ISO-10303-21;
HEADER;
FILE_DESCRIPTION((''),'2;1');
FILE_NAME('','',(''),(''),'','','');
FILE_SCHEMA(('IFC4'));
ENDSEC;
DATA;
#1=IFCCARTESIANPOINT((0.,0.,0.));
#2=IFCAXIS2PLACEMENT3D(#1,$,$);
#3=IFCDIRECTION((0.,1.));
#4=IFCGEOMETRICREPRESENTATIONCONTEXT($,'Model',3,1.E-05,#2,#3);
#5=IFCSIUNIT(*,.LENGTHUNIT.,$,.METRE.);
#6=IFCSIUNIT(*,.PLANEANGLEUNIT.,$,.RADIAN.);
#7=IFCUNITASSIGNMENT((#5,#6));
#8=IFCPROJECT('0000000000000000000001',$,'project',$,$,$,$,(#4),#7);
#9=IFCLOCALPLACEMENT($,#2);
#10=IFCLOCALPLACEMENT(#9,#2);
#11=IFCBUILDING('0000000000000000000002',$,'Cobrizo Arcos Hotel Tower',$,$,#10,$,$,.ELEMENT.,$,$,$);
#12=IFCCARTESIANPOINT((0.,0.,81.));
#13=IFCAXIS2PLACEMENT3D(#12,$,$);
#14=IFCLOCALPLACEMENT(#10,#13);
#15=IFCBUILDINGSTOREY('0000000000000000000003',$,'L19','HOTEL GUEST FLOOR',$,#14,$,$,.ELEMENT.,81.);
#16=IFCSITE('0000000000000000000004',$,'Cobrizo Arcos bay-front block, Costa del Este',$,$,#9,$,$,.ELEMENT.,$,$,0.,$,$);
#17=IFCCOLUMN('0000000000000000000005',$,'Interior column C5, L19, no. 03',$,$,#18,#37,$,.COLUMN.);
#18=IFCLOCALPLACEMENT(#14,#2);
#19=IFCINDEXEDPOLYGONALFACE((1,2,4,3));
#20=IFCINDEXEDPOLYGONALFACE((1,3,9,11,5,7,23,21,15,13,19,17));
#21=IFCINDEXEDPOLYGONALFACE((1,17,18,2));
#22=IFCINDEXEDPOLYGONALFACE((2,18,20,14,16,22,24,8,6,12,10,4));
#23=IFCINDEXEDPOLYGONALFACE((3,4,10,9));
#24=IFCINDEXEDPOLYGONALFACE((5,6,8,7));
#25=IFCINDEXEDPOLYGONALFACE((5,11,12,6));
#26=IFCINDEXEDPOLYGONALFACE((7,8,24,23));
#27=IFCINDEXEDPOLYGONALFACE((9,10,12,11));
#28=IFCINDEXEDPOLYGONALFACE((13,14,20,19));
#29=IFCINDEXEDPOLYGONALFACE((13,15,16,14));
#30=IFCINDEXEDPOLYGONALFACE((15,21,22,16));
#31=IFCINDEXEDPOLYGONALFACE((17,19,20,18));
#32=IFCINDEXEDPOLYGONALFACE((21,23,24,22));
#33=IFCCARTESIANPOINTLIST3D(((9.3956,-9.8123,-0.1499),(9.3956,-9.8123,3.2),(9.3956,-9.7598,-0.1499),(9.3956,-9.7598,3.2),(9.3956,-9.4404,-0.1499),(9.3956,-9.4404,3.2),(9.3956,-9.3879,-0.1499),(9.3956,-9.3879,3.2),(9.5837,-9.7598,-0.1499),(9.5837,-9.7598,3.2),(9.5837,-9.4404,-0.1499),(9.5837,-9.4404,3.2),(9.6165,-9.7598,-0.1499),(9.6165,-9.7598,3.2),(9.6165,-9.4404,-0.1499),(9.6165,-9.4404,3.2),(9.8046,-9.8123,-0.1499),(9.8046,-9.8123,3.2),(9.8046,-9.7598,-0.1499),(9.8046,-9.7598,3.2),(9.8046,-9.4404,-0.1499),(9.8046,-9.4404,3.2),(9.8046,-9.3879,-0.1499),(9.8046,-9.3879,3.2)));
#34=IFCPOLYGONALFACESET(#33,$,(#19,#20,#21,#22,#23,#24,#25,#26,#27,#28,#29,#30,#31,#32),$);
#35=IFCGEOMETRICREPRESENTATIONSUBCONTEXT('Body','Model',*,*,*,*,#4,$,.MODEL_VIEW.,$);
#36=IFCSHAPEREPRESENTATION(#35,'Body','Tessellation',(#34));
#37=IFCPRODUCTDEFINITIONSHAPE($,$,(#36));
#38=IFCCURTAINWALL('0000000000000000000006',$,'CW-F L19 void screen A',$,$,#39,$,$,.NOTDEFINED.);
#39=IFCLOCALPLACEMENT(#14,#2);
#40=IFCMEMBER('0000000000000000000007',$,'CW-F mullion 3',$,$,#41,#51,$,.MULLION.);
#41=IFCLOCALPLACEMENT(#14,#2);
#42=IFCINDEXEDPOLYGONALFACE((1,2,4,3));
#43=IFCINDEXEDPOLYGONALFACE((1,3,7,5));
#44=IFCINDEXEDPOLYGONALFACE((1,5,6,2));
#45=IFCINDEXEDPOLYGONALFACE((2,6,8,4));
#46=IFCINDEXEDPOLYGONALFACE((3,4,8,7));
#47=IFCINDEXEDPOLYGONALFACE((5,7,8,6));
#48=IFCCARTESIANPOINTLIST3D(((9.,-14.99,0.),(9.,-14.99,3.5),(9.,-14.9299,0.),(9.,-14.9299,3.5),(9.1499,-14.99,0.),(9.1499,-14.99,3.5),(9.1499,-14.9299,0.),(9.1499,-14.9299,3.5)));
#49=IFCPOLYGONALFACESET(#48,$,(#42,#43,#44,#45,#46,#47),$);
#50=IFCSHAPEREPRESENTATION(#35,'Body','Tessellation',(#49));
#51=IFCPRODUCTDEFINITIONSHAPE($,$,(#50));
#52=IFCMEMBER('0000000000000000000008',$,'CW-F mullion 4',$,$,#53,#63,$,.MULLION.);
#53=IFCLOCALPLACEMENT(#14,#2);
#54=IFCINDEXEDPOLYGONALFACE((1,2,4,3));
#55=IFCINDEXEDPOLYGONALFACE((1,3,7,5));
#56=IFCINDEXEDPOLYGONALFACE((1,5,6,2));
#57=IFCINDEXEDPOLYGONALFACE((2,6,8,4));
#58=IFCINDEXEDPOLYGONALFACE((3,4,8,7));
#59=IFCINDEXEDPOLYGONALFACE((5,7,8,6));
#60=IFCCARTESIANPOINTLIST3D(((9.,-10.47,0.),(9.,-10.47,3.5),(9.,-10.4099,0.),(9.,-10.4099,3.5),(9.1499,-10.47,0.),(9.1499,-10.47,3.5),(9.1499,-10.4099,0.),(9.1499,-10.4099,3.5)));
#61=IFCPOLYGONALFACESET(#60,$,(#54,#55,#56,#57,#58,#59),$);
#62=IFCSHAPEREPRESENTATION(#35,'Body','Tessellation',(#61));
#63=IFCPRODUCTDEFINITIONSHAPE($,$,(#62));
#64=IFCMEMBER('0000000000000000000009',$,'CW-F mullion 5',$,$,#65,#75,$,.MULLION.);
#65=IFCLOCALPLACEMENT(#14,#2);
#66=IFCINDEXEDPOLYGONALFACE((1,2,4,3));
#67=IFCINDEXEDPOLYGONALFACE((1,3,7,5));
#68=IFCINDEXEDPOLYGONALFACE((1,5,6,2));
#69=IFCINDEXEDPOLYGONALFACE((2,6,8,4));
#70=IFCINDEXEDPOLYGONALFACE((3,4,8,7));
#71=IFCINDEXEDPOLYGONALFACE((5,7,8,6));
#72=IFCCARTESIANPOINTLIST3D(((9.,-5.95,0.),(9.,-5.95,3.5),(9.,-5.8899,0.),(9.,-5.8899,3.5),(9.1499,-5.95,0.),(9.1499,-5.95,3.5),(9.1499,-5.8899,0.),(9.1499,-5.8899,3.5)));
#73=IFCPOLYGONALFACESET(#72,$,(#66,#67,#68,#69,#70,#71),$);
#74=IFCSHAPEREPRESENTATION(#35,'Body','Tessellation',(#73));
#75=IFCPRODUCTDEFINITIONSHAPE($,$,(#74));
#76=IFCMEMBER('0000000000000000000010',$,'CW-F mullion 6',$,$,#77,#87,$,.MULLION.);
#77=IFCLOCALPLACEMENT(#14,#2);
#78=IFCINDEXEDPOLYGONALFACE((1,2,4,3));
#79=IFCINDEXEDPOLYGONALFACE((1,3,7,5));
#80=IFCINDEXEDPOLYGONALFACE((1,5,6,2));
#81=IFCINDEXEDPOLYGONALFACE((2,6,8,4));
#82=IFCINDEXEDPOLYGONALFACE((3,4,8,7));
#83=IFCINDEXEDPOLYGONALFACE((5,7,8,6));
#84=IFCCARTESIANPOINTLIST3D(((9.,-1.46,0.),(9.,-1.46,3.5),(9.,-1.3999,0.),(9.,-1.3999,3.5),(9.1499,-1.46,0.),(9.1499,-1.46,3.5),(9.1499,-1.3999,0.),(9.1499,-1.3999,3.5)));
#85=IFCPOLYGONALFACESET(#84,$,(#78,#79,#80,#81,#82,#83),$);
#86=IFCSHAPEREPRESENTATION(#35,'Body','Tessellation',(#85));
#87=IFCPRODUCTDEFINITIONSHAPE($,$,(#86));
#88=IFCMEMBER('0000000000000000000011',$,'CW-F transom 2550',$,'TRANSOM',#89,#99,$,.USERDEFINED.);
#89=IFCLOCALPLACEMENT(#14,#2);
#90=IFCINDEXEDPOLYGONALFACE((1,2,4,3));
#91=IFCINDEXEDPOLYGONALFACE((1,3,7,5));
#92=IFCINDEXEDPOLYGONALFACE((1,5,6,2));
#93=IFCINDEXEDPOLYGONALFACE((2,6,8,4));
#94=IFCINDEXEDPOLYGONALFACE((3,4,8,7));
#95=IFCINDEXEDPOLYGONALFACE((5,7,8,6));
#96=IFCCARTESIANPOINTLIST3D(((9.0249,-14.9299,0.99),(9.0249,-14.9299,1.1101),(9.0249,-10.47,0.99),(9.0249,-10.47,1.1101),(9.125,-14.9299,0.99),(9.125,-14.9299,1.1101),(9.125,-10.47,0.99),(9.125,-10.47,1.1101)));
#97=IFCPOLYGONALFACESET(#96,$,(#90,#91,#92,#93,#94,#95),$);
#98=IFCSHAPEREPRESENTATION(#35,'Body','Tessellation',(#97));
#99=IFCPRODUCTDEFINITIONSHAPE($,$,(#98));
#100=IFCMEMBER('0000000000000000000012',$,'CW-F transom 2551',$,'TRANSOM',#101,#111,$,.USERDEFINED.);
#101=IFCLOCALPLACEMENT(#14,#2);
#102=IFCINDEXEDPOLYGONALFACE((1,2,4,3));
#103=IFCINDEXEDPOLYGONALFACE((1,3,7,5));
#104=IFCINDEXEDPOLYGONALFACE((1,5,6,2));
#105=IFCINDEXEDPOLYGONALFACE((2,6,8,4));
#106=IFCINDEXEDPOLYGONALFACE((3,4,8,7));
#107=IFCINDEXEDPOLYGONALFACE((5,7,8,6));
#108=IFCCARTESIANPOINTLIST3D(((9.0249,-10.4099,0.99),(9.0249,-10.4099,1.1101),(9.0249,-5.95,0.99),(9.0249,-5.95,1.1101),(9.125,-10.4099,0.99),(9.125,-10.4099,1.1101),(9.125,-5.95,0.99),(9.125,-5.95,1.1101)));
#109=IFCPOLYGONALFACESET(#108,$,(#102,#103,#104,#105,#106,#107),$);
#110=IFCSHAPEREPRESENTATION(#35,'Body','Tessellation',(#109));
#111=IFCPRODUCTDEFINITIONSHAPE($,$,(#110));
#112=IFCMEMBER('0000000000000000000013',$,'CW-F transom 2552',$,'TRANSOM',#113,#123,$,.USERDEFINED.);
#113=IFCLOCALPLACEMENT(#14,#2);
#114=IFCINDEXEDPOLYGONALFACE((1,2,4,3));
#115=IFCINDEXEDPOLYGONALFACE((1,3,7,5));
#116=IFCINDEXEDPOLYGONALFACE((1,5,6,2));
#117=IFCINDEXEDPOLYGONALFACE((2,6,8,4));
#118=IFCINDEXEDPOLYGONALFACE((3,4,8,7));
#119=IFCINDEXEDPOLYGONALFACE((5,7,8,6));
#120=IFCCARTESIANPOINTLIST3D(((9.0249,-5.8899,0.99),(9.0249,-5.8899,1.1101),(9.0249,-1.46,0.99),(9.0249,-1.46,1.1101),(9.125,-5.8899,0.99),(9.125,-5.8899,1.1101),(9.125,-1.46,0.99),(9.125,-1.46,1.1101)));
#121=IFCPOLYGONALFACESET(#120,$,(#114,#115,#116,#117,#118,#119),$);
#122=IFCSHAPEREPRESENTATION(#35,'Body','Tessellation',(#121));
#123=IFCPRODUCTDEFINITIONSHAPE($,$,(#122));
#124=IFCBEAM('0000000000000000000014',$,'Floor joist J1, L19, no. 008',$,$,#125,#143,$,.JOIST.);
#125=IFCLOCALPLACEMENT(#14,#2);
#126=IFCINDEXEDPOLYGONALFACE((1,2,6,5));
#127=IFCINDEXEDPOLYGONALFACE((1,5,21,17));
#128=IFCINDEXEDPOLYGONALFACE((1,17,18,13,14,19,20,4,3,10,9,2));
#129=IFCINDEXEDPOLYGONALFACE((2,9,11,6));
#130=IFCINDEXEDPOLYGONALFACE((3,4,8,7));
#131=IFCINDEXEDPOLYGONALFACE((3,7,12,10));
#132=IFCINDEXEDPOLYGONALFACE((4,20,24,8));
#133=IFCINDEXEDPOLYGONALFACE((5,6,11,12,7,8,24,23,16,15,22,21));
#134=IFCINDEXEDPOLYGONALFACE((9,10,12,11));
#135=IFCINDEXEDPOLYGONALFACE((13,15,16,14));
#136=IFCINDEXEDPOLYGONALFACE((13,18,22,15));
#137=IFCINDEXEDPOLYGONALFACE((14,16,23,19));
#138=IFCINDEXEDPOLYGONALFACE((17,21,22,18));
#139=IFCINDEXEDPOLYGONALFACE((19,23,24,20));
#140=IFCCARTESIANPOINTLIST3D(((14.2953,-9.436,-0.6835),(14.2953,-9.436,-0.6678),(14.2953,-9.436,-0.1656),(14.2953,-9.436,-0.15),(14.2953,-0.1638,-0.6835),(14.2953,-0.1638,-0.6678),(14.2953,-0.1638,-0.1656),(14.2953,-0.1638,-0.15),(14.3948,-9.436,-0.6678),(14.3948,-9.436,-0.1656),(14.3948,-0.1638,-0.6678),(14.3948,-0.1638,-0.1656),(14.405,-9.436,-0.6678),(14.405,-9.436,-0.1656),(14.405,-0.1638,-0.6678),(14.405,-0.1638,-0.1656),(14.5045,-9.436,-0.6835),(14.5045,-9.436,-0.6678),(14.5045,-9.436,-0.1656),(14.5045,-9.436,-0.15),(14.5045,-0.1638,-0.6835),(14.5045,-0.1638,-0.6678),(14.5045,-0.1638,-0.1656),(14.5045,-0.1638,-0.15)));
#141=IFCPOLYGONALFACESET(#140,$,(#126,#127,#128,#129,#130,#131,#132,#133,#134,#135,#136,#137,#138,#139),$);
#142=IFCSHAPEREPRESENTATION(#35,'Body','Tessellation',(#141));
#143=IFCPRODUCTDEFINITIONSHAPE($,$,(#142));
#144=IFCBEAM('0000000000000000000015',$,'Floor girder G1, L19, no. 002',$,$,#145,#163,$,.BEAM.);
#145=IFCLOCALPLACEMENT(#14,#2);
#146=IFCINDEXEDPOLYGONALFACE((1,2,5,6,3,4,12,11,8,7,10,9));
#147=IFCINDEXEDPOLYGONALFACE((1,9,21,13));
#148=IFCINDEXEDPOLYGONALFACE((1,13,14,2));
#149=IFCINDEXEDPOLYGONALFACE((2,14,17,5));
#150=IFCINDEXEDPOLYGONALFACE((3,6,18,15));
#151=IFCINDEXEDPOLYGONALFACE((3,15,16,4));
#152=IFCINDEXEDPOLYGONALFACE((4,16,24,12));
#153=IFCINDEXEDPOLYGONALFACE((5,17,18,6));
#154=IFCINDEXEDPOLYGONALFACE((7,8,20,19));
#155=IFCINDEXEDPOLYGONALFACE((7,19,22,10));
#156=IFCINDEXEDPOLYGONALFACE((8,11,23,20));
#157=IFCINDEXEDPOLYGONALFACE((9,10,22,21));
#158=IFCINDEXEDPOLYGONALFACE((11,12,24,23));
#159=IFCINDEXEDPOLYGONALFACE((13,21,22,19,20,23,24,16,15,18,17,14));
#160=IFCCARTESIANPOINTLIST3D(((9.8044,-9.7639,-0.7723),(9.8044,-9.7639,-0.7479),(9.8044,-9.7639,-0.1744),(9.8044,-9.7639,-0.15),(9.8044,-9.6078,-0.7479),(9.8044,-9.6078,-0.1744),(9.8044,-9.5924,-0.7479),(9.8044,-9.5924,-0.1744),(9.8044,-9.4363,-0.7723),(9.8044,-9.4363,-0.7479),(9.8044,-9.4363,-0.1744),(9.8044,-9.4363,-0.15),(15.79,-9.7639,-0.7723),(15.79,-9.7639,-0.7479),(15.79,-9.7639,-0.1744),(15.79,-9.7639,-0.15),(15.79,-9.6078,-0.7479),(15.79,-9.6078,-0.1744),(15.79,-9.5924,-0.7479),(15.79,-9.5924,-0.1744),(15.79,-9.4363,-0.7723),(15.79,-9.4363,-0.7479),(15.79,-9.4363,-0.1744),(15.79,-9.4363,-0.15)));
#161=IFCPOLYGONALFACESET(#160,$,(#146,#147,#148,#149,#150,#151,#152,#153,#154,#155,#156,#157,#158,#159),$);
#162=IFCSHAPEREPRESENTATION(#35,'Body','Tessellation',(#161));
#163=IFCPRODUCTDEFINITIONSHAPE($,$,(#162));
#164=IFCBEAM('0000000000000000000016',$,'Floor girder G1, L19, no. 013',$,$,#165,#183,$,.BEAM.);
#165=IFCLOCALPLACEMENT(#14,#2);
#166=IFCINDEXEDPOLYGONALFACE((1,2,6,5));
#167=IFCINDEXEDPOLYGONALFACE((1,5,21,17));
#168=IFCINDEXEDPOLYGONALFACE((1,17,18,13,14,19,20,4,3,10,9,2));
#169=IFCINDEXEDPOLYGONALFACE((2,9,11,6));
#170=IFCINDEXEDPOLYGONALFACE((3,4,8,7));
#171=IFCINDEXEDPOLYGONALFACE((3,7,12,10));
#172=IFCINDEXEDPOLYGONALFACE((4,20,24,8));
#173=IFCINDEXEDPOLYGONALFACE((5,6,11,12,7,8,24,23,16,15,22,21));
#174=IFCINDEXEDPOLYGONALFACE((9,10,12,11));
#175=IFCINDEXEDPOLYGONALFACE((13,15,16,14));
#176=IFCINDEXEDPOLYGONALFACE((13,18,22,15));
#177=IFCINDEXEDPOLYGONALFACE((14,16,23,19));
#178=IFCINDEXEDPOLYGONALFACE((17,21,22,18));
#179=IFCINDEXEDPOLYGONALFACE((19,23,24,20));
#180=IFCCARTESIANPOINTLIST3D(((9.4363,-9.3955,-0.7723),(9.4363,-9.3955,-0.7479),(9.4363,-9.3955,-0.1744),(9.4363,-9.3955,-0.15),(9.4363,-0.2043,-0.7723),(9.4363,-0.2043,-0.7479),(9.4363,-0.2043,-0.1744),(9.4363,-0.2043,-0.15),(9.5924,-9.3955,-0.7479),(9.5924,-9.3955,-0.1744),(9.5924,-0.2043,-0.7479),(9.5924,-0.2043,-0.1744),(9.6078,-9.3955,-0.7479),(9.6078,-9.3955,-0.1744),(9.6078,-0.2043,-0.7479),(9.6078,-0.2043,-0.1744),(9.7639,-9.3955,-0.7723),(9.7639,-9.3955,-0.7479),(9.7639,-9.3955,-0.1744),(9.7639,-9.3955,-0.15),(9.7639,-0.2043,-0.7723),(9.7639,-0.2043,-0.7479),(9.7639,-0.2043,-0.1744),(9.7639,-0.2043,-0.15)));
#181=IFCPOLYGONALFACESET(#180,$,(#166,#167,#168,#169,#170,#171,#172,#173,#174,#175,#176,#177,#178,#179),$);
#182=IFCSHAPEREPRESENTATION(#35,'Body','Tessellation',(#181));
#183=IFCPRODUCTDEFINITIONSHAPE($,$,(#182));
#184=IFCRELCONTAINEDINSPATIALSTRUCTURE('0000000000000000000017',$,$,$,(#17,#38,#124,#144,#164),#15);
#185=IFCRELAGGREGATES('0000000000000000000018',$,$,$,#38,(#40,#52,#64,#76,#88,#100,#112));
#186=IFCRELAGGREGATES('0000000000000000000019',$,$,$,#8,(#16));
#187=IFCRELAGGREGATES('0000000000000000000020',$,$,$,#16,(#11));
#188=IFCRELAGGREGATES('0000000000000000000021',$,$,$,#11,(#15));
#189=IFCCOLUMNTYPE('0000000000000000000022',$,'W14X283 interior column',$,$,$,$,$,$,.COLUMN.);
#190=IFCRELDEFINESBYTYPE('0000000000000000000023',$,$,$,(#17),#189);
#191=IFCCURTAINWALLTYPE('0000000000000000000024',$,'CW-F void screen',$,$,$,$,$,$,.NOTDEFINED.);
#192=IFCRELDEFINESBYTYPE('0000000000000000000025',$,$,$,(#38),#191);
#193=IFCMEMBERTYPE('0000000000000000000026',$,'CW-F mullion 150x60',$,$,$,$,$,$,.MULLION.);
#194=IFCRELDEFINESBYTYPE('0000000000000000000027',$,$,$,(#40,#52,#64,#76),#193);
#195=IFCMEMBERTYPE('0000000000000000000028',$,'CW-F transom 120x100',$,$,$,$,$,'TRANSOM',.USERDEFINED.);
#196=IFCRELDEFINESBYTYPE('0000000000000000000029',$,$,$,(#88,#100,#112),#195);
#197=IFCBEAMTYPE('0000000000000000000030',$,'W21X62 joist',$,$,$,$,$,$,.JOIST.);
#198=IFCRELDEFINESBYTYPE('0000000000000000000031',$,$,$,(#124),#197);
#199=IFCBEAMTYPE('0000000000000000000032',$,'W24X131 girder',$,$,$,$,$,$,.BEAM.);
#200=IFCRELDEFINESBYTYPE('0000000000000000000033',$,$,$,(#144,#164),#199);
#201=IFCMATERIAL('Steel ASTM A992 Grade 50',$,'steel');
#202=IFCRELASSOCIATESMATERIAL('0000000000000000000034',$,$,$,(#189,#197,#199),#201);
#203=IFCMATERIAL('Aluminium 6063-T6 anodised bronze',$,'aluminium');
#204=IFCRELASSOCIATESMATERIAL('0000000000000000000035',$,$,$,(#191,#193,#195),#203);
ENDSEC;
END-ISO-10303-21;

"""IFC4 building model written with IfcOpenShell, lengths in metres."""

from ifc_helpers import new_model, si_unit, direction, frame, origin, origin_2d, place, context, subcontext, project, spatial, rectangle, i_section, extrude, material, material_profile, profile_set, type_object, element, aggregate, save


model = new_model("IFC4")

# Units and contexts
model_context = context("Model", 3, precision=1e-05, world=origin(), true_north=direction((0.0, 1.0)))
body_context = subcontext(model_context, "Body", "Model", "MODEL_VIEW")
ifc_project = project(units=[si_unit("LENGTHUNIT", "METRE"), si_unit("PLANEANGLEUNIT", "RADIAN")], contexts=[model_context])

# Site, building, storey
site_placement = place(None, origin())
site = spatial("IfcSite", under=ifc_project, at=site_placement, Name="Cobrizo Arcos bay-front block, Costa del Este", CompositionType="ELEMENT", RefElevation=0.0)
building_placement = place(site_placement, origin())
building = spatial("IfcBuilding", under=site, at=building_placement, Name="Cobrizo Arcos Hotel Tower", CompositionType="ELEMENT")
storey_placement = place(building_placement, frame((0.0, 0.0, 81.0)))
storey = spatial("IfcBuildingStorey", under=building, at=storey_placement, Name="L19", Description="HOTEL GUEST FLOOR", CompositionType="ELEMENT", Elevation=81.0)

# Column
ifc_material_1 = material(Name="Steel ASTM A992 Grade 50", Category="steel")
ifc_material_profile_1 = material_profile(ifc_material_1, i_section(OverallWidth=0.4089, OverallDepth=0.4243, WebThickness=0.0327, FlangeThickness=0.0525, at=origin_2d()), Name="W14X283")
ifc_profile_set_1 = profile_set([ifc_material_profile_1], Name="Steel ASTM A992 Grade 50")
column_type = type_object("IfcColumnType", Name="W14X283 interior column", PredefinedType="COLUMN", material=ifc_profile_set_1)
column_placement = place(storey_placement, frame((9.6001, -9.6001, -0.1499), z_axis=(0.0, 0.0, 1.0), x_axis=(1.0, 0.0, 0.0)))
element("IfcColumn", 1, at=column_placement, inside=storey, type_object=column_type, Name="Interior column C5, L19, no. 03", PredefinedType="COLUMN", context=body_context, shape_type="SweptSolid", body=[
    extrude(i_section(OverallWidth=0.4089, OverallDepth=0.4243, WebThickness=0.0327, FlangeThickness=0.0525, at=origin_2d()), origin(), (0.0, 0.0, 1.0), 3.3499),
])

# Curtain wall, members
ifc_material_2 = material(Name="Aluminium 6063-T6 anodised bronze", Category="aluminium")
curtain_wall_type = type_object("IfcCurtainWallType", Name="CW-F void screen", PredefinedType="NOTDEFINED", material=ifc_material_2)
curtain_wall_placement = place(storey_placement, origin())
curtain_wall = element("IfcCurtainWall", 2, at=curtain_wall_placement, inside=storey, type_object=curtain_wall_type, Name="CW-F L19 void screen A", PredefinedType="NOTDEFINED")
ifc_material_profile_2 = material_profile(ifc_material_2, rectangle(XDim=0.1499, YDim=0.0601, at=origin_2d()), Name="CW-F mullion 150x60")
ifc_profile_set_2 = profile_set([ifc_material_profile_2], Name="Aluminium 6063-T6 anodised bronze")
member_type_1 = type_object("IfcMemberType", Name="CW-F mullion 150x60", PredefinedType="MULLION", material=ifc_profile_set_2)
member_1_placement = place(storey_placement, frame((9.075, -14.96, 0.0), z_axis=(0.0, 0.0, 1.0), x_axis=(1.0, 0.0, 0.0)))
member_1 = element("IfcMember", 3, at=member_1_placement, type_object=member_type_1, Name="CW-F mullion 3", PredefinedType="MULLION", context=body_context, shape_type="SweptSolid", body=[
    extrude(rectangle(XDim=0.1499, YDim=0.0601, at=origin_2d()), origin(), (0.0, 0.0, 1.0), 3.5),
])
member_2_placement = place(storey_placement, frame((9.075, -10.4399, 0.0), z_axis=(0.0, 0.0, 1.0), x_axis=(1.0, 0.0, 0.0)))
member_2 = element("IfcMember", 4, at=member_2_placement, type_object=member_type_1, Name="CW-F mullion 4", PredefinedType="MULLION", context=body_context, shape_type="SweptSolid", body=[
    extrude(rectangle(XDim=0.1499, YDim=0.0601, at=origin_2d()), origin(), (0.0, 0.0, 1.0), 3.5),
])
member_3_placement = place(storey_placement, frame((9.075, -5.9199, 0.0), z_axis=(0.0, 0.0, 1.0), x_axis=(1.0, 0.0, 0.0)))
member_3 = element("IfcMember", 5, at=member_3_placement, type_object=member_type_1, Name="CW-F mullion 5", PredefinedType="MULLION", context=body_context, shape_type="SweptSolid", body=[
    extrude(rectangle(XDim=0.1499, YDim=0.0601, at=origin_2d()), origin(), (0.0, 0.0, 1.0), 3.5),
])
member_4_placement = place(storey_placement, frame((9.075, -1.4299, 0.0), z_axis=(0.0, 0.0, 1.0), x_axis=(1.0, 0.0, 0.0)))
member_4 = element("IfcMember", 6, at=member_4_placement, type_object=member_type_1, Name="CW-F mullion 6", PredefinedType="MULLION", context=body_context, shape_type="SweptSolid", body=[
    extrude(rectangle(XDim=0.1499, YDim=0.0601, at=origin_2d()), origin(), (0.0, 0.0, 1.0), 3.5),
])
ifc_material_profile_3 = material_profile(ifc_material_2, rectangle(XDim=0.1001, YDim=0.1201, at=origin_2d()), Name="CW-F transom 120x100")
ifc_profile_set_3 = profile_set([ifc_material_profile_3], Name="Aluminium 6063-T6 anodised bronze")
member_type_2 = type_object("IfcMemberType", Name="CW-F transom 120x100", ElementType="TRANSOM", PredefinedType="USERDEFINED", material=ifc_profile_set_3)
member_5_placement = place(storey_placement, frame((9.075, -14.9299, 1.05), z_axis=(0.0, 1.0, 0.0), x_axis=(-1.0, 0.0, 0.0)))
member_5 = element("IfcMember", 7, at=member_5_placement, type_object=member_type_2, Name="CW-F transom 2550", ObjectType="TRANSOM", PredefinedType="USERDEFINED", context=body_context, shape_type="SweptSolid", body=[
    extrude(rectangle(XDim=0.1001, YDim=0.1201, at=origin_2d()), origin(), (0.0, 0.0, 1.0), 4.46),
])
member_6_placement = place(storey_placement, frame((9.075, -10.4099, 1.05), z_axis=(0.0, 1.0, 0.0), x_axis=(-1.0, 0.0, 0.0)))
member_6 = element("IfcMember", 8, at=member_6_placement, type_object=member_type_2, Name="CW-F transom 2551", ObjectType="TRANSOM", PredefinedType="USERDEFINED", context=body_context, shape_type="SweptSolid", body=[
    extrude(rectangle(XDim=0.1001, YDim=0.1201, at=origin_2d()), origin(), (0.0, 0.0, 1.0), 4.46),
])
member_7_placement = place(storey_placement, frame((9.075, -5.8899, 1.05), z_axis=(0.0, 1.0, 0.0), x_axis=(-1.0, 0.0, 0.0)))
member_7 = element("IfcMember", 9, at=member_7_placement, type_object=member_type_2, Name="CW-F transom 2552", ObjectType="TRANSOM", PredefinedType="USERDEFINED", context=body_context, shape_type="SweptSolid", body=[
    extrude(rectangle(XDim=0.1001, YDim=0.1201, at=origin_2d()), origin(), (0.0, 0.0, 1.0), 4.4299),
])

# Beams
ifc_material_profile_4 = material_profile(ifc_material_1, i_section(OverallWidth=0.2092, OverallDepth=0.5334, WebThickness=0.0103, FlangeThickness=0.0156, at=origin_2d()), Name="W21X62")
ifc_profile_set_4 = profile_set([ifc_material_profile_4], Name="Steel ASTM A992 Grade 50")
beam_type_1 = type_object("IfcBeamType", Name="W21X62 joist", PredefinedType="JOIST", material=ifc_profile_set_4)
beam_1_placement = place(storey_placement, frame((14.3999, -9.436, -0.4167), z_axis=(0.0, 1.0, 0.0), x_axis=(-1.0, 0.0, 0.0)))
element("IfcBeam", 10, at=beam_1_placement, inside=storey, type_object=beam_type_1, Name="Floor joist J1, L19, no. 008", PredefinedType="JOIST", context=body_context, shape_type="SweptSolid", body=[
    extrude(i_section(OverallWidth=0.2092, OverallDepth=0.5334, WebThickness=0.0103, FlangeThickness=0.0156, at=origin_2d()), origin(), (0.0, 0.0, 1.0), 9.2722),
])
ifc_material_profile_5 = material_profile(ifc_material_1, i_section(OverallWidth=0.3276, OverallDepth=0.6223, WebThickness=0.0154, FlangeThickness=0.0244, at=origin_2d()), Name="W24X131")
ifc_profile_set_5 = profile_set([ifc_material_profile_5], Name="Steel ASTM A992 Grade 50")
beam_type_2 = type_object("IfcBeamType", Name="W24X131 girder", PredefinedType="BEAM", material=ifc_profile_set_5)
beam_2_placement = place(storey_placement, frame((9.8044, -9.6001, -0.4612), z_axis=(1.0, 0.0, 0.0), x_axis=(0.0, 1.0, 0.0)))
element("IfcBeam", 11, at=beam_2_placement, inside=storey, type_object=beam_type_2, Name="Floor girder G1, L19, no. 002", PredefinedType="BEAM", context=body_context, shape_type="SweptSolid", body=[
    extrude(i_section(OverallWidth=0.3276, OverallDepth=0.6223, WebThickness=0.0154, FlangeThickness=0.0244, at=origin_2d()), origin(), (0.0, 0.0, 1.0), 5.9856),
])
beam_3_placement = place(storey_placement, frame((9.6001, -9.3955, -0.4612), z_axis=(0.0, 1.0, 0.0), x_axis=(-1.0, 0.0, 0.0)))
element("IfcBeam", 12, at=beam_3_placement, inside=storey, type_object=beam_type_2, Name="Floor girder G1, L19, no. 013", PredefinedType="BEAM", context=body_context, shape_type="SweptSolid", body=[
    extrude(i_section(OverallWidth=0.3276, OverallDepth=0.6223, WebThickness=0.0154, FlangeThickness=0.0244, at=origin_2d()), origin(), (0.0, 0.0, 1.0), 9.1912),
])

aggregate(curtain_wall, [member_1, member_2, member_3, member_4, member_5, member_6, member_7])

save(model, "model.ifc")
